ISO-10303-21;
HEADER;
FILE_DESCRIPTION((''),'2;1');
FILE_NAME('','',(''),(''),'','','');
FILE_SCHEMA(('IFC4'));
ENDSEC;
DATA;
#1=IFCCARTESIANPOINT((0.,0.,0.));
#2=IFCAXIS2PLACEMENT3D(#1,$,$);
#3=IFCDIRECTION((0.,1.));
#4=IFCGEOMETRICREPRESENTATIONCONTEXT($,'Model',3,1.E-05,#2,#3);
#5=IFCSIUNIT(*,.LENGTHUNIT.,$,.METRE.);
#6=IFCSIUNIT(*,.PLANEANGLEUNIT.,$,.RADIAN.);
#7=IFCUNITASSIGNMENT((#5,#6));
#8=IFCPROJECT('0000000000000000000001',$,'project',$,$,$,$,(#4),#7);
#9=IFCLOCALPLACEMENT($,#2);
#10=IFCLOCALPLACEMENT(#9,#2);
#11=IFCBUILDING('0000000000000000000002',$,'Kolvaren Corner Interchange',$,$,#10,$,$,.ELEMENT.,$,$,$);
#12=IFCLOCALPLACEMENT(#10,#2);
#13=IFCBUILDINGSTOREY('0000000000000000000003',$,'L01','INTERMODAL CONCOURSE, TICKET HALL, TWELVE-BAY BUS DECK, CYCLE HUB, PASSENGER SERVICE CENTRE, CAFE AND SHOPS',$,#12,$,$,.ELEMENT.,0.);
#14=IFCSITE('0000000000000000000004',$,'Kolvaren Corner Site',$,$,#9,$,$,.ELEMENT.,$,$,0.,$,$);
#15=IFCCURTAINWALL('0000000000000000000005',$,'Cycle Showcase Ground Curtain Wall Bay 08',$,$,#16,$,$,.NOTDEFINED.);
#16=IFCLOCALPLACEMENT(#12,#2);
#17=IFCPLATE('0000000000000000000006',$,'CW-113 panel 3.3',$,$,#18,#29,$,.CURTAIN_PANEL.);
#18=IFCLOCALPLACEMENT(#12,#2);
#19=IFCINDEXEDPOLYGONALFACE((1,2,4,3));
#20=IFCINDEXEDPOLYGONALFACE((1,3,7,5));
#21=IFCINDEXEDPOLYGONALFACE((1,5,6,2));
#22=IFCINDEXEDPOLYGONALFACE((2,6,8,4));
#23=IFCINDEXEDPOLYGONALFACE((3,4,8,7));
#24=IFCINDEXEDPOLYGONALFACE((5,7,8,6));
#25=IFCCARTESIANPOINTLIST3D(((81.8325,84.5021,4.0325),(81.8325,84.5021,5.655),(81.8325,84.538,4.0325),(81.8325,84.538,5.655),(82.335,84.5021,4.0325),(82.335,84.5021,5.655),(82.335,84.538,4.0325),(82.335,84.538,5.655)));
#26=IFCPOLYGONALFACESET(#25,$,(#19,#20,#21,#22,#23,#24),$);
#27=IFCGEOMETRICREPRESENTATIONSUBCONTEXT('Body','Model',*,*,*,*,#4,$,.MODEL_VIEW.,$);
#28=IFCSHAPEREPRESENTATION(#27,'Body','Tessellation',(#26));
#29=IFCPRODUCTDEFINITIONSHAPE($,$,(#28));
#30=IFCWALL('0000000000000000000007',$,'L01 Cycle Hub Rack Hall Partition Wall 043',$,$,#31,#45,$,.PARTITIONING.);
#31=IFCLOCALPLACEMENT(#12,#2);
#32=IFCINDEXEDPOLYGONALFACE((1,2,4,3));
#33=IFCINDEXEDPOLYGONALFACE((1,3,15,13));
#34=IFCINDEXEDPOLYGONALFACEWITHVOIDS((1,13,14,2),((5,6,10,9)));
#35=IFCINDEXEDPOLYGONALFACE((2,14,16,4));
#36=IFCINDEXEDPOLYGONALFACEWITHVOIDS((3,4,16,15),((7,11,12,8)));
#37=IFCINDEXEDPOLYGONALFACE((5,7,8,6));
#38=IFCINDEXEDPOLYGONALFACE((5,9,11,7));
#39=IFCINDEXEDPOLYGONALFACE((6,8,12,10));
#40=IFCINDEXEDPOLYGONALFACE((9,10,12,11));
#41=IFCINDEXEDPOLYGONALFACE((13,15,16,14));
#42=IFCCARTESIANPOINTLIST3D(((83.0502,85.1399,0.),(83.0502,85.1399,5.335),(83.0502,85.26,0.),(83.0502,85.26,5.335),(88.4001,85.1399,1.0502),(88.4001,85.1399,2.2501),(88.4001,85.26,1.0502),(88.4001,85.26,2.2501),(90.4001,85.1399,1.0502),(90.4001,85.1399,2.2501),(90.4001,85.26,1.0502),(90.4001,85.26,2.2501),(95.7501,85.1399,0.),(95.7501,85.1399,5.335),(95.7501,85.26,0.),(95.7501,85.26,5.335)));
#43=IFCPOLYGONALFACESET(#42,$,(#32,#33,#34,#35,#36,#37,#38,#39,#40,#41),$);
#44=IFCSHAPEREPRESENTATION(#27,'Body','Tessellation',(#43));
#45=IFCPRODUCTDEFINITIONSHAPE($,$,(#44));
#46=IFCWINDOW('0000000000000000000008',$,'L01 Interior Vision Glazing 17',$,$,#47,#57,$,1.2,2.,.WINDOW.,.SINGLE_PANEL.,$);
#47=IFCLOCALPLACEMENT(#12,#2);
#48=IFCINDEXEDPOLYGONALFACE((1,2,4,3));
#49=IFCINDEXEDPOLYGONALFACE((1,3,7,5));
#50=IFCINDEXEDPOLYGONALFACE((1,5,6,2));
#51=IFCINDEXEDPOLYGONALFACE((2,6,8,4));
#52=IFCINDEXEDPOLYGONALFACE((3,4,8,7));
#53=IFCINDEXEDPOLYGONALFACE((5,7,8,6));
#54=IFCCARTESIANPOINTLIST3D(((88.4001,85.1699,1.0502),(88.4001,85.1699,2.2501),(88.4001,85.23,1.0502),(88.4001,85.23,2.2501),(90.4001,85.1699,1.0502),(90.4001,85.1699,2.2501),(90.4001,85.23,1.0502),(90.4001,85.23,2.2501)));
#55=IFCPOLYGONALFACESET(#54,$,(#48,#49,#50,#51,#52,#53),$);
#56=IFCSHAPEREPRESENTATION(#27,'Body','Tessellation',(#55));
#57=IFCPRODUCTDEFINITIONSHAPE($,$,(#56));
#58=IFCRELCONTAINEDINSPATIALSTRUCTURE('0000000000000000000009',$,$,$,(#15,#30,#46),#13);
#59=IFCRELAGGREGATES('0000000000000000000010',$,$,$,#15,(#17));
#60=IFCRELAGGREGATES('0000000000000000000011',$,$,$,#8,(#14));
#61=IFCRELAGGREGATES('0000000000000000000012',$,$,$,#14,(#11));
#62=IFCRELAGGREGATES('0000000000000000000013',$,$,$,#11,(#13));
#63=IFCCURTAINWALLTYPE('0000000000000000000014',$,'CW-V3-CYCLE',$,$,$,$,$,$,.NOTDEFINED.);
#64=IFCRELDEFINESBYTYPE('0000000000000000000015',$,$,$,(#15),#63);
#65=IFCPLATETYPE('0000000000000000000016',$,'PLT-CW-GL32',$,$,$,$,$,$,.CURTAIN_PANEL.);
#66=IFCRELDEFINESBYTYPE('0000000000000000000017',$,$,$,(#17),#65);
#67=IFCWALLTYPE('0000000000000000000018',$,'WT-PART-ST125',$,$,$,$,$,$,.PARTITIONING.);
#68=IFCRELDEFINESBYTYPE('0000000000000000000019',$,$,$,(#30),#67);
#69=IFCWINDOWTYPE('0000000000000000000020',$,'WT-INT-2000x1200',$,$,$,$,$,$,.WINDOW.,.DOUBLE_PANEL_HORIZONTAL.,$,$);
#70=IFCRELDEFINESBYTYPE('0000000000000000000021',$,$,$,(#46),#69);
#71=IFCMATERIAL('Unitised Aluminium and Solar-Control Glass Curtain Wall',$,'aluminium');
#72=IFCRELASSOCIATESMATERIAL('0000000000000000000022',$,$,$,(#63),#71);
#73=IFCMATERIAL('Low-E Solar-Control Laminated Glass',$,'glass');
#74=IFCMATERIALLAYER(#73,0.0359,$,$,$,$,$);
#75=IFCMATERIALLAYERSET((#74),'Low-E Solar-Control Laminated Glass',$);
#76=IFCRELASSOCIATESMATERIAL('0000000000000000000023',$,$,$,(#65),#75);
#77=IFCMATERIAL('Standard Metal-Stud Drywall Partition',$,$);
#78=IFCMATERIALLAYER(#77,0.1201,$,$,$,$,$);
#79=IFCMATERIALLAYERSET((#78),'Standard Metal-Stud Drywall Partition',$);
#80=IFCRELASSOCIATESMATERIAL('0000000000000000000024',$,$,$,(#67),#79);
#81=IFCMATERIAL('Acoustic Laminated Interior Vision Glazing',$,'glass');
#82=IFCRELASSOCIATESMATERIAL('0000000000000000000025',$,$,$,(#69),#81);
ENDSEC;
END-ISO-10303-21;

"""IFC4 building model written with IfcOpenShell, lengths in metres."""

from ifc_helpers import new_model, si_unit, direction, frame, frame_2d, origin, origin_2d, place, context, subcontext, project, spatial, rectangle, extrude, material, layer, layer_set, type_object, element, fill, aggregate, save


model = new_model("IFC4")

# Units and contexts
model_context = context("Model", 3, precision=1e-05, world=origin(), true_north=direction((0.0, 1.0)))
body_context = subcontext(model_context, "Body", "Model", "MODEL_VIEW")
ifc_project = project(units=[si_unit("LENGTHUNIT", "METRE"), si_unit("PLANEANGLEUNIT", "RADIAN")], contexts=[model_context])

# Site, building, storey
site_placement = place(None, origin())
site = spatial("IfcSite", under=ifc_project, at=site_placement, Name="Kolvaren Corner Site", CompositionType="ELEMENT", RefElevation=0.0)
building_placement = place(site_placement, origin())
building = spatial("IfcBuilding", under=site, at=building_placement, Name="Kolvaren Corner Interchange", CompositionType="ELEMENT")
storey_placement = place(building_placement, origin())
storey = spatial("IfcBuildingStorey", under=building, at=storey_placement, Name="L01", Description="INTERMODAL CONCOURSE, TICKET HALL, TWELVE-BAY BUS DECK, CYCLE HUB, PASSENGER SERVICE CENTRE, CAFE AND SHOPS", CompositionType="ELEMENT", Elevation=0.0)

# Curtain wall, plate
ifc_material_1 = material(Name="Unitised Aluminium and Solar-Control Glass Curtain Wall", Category="aluminium")
curtain_wall_type = type_object("IfcCurtainWallType", Name="CW-V3-CYCLE", PredefinedType="NOTDEFINED", material=ifc_material_1)
curtain_wall_placement = place(storey_placement, origin())
curtain_wall = element("IfcCurtainWall", 1, at=curtain_wall_placement, inside=storey, type_object=curtain_wall_type, Name="Cycle Showcase Ground Curtain Wall Bay 08", PredefinedType="NOTDEFINED")
ifc_material_2 = material(Name="Low-E Solar-Control Laminated Glass", Category="glass")
ifc_layer_1 = layer(ifc_material_2, 0.0359)
ifc_layer_set_1 = layer_set([ifc_layer_1], Name="Low-E Solar-Control Laminated Glass")
plate_type = type_object("IfcPlateType", Name="PLT-CW-GL32", PredefinedType="CURTAIN_PANEL", material=ifc_layer_set_1)
plate_1_placement = place(storey_placement, frame((82.0837, 84.52, 4.0325), z_axis=(0.0, 0.0, 1.0), x_axis=(1.0, 0.0, 0.0)))
plate_1 = element("IfcPlate", 2, at=plate_1_placement, type_object=plate_type, Name="CW-113 panel 3.3", PredefinedType="CURTAIN_PANEL", context=body_context, shape_type="SweptSolid", body=[
    extrude(rectangle(XDim=0.5024, YDim=0.0359, at=origin_2d()), origin(), (0.0, 0.0, 1.0), 1.6226),
])
aggregate(curtain_wall, [plate_1])

# Wall, opening, window
ifc_material_3 = material(Name="Standard Metal-Stud Drywall Partition")
ifc_layer_2 = layer(ifc_material_3, 0.1201)
ifc_layer_set_2 = layer_set([ifc_layer_2], Name="Standard Metal-Stud Drywall Partition")
wall_type = type_object("IfcWallType", Name="WT-PART-ST125", PredefinedType="PARTITIONING", material=ifc_layer_set_2)
wall_placement = place(storey_placement, frame((83.05, 85.2, 0.0), z_axis=(0.0, 0.0, 1.0), x_axis=(1.0, 0.0, 0.0)))
wall = element("IfcWall", 3, at=wall_placement, inside=storey, type_object=wall_type, Name="L01 Cycle Hub Rack Hall Partition Wall 043", PredefinedType="PARTITIONING", context=body_context, shape_type="SweptSolid", body=[
    extrude(rectangle(XDim=12.7, YDim=0.1201, at=frame_2d((6.3501, 0.0))), origin(), (0.0, 0.0, 1.0), 5.335),
])
opening_placement = place(wall_placement, frame((5.3501, 0.0, 1.05)))
opening = element("IfcOpeningElement", 4, at=opening_placement, cuts=wall, PredefinedType="OPENING", context=body_context, shape_type="SweptSolid", body=[
    extrude(rectangle(XDim=2.0, YDim=1.2, at=frame_2d((1.0, 0.6001))), frame((0.0, 0.0701, 0.0), z_axis=(0.0, -1.0, 0.0), x_axis=(1.0, 0.0, 0.0)), (0.0, 0.0, 1.0), 0.1401),
])
ifc_material_4 = material(Name="Acoustic Laminated Interior Vision Glazing", Category="glass")
window_type = type_object("IfcWindowType", Name="WT-INT-2000x1200", PartitioningType="DOUBLE_PANEL_HORIZONTAL", PredefinedType="WINDOW", material=ifc_material_4)
window_placement = place(opening_placement, origin())
window = element("IfcWindow", 5, at=window_placement, inside=storey, type_object=window_type, Name="L01 Interior Vision Glazing 17", OverallHeight=1.2, OverallWidth=2.0, PartitioningType="SINGLE_PANEL", PredefinedType="WINDOW", context=body_context, shape_type="SweptSolid", body=[
    extrude(rectangle(XDim=2.0, YDim=1.2, at=frame_2d((1.0, 0.6001))), frame((0.0, 0.03, 0.0), z_axis=(0.0, -1.0, 0.0), x_axis=(1.0, 0.0, 0.0)), (0.0, 0.0, 1.0), 0.0601),
])
fill(opening, window)

save(model, "model.ifc")
